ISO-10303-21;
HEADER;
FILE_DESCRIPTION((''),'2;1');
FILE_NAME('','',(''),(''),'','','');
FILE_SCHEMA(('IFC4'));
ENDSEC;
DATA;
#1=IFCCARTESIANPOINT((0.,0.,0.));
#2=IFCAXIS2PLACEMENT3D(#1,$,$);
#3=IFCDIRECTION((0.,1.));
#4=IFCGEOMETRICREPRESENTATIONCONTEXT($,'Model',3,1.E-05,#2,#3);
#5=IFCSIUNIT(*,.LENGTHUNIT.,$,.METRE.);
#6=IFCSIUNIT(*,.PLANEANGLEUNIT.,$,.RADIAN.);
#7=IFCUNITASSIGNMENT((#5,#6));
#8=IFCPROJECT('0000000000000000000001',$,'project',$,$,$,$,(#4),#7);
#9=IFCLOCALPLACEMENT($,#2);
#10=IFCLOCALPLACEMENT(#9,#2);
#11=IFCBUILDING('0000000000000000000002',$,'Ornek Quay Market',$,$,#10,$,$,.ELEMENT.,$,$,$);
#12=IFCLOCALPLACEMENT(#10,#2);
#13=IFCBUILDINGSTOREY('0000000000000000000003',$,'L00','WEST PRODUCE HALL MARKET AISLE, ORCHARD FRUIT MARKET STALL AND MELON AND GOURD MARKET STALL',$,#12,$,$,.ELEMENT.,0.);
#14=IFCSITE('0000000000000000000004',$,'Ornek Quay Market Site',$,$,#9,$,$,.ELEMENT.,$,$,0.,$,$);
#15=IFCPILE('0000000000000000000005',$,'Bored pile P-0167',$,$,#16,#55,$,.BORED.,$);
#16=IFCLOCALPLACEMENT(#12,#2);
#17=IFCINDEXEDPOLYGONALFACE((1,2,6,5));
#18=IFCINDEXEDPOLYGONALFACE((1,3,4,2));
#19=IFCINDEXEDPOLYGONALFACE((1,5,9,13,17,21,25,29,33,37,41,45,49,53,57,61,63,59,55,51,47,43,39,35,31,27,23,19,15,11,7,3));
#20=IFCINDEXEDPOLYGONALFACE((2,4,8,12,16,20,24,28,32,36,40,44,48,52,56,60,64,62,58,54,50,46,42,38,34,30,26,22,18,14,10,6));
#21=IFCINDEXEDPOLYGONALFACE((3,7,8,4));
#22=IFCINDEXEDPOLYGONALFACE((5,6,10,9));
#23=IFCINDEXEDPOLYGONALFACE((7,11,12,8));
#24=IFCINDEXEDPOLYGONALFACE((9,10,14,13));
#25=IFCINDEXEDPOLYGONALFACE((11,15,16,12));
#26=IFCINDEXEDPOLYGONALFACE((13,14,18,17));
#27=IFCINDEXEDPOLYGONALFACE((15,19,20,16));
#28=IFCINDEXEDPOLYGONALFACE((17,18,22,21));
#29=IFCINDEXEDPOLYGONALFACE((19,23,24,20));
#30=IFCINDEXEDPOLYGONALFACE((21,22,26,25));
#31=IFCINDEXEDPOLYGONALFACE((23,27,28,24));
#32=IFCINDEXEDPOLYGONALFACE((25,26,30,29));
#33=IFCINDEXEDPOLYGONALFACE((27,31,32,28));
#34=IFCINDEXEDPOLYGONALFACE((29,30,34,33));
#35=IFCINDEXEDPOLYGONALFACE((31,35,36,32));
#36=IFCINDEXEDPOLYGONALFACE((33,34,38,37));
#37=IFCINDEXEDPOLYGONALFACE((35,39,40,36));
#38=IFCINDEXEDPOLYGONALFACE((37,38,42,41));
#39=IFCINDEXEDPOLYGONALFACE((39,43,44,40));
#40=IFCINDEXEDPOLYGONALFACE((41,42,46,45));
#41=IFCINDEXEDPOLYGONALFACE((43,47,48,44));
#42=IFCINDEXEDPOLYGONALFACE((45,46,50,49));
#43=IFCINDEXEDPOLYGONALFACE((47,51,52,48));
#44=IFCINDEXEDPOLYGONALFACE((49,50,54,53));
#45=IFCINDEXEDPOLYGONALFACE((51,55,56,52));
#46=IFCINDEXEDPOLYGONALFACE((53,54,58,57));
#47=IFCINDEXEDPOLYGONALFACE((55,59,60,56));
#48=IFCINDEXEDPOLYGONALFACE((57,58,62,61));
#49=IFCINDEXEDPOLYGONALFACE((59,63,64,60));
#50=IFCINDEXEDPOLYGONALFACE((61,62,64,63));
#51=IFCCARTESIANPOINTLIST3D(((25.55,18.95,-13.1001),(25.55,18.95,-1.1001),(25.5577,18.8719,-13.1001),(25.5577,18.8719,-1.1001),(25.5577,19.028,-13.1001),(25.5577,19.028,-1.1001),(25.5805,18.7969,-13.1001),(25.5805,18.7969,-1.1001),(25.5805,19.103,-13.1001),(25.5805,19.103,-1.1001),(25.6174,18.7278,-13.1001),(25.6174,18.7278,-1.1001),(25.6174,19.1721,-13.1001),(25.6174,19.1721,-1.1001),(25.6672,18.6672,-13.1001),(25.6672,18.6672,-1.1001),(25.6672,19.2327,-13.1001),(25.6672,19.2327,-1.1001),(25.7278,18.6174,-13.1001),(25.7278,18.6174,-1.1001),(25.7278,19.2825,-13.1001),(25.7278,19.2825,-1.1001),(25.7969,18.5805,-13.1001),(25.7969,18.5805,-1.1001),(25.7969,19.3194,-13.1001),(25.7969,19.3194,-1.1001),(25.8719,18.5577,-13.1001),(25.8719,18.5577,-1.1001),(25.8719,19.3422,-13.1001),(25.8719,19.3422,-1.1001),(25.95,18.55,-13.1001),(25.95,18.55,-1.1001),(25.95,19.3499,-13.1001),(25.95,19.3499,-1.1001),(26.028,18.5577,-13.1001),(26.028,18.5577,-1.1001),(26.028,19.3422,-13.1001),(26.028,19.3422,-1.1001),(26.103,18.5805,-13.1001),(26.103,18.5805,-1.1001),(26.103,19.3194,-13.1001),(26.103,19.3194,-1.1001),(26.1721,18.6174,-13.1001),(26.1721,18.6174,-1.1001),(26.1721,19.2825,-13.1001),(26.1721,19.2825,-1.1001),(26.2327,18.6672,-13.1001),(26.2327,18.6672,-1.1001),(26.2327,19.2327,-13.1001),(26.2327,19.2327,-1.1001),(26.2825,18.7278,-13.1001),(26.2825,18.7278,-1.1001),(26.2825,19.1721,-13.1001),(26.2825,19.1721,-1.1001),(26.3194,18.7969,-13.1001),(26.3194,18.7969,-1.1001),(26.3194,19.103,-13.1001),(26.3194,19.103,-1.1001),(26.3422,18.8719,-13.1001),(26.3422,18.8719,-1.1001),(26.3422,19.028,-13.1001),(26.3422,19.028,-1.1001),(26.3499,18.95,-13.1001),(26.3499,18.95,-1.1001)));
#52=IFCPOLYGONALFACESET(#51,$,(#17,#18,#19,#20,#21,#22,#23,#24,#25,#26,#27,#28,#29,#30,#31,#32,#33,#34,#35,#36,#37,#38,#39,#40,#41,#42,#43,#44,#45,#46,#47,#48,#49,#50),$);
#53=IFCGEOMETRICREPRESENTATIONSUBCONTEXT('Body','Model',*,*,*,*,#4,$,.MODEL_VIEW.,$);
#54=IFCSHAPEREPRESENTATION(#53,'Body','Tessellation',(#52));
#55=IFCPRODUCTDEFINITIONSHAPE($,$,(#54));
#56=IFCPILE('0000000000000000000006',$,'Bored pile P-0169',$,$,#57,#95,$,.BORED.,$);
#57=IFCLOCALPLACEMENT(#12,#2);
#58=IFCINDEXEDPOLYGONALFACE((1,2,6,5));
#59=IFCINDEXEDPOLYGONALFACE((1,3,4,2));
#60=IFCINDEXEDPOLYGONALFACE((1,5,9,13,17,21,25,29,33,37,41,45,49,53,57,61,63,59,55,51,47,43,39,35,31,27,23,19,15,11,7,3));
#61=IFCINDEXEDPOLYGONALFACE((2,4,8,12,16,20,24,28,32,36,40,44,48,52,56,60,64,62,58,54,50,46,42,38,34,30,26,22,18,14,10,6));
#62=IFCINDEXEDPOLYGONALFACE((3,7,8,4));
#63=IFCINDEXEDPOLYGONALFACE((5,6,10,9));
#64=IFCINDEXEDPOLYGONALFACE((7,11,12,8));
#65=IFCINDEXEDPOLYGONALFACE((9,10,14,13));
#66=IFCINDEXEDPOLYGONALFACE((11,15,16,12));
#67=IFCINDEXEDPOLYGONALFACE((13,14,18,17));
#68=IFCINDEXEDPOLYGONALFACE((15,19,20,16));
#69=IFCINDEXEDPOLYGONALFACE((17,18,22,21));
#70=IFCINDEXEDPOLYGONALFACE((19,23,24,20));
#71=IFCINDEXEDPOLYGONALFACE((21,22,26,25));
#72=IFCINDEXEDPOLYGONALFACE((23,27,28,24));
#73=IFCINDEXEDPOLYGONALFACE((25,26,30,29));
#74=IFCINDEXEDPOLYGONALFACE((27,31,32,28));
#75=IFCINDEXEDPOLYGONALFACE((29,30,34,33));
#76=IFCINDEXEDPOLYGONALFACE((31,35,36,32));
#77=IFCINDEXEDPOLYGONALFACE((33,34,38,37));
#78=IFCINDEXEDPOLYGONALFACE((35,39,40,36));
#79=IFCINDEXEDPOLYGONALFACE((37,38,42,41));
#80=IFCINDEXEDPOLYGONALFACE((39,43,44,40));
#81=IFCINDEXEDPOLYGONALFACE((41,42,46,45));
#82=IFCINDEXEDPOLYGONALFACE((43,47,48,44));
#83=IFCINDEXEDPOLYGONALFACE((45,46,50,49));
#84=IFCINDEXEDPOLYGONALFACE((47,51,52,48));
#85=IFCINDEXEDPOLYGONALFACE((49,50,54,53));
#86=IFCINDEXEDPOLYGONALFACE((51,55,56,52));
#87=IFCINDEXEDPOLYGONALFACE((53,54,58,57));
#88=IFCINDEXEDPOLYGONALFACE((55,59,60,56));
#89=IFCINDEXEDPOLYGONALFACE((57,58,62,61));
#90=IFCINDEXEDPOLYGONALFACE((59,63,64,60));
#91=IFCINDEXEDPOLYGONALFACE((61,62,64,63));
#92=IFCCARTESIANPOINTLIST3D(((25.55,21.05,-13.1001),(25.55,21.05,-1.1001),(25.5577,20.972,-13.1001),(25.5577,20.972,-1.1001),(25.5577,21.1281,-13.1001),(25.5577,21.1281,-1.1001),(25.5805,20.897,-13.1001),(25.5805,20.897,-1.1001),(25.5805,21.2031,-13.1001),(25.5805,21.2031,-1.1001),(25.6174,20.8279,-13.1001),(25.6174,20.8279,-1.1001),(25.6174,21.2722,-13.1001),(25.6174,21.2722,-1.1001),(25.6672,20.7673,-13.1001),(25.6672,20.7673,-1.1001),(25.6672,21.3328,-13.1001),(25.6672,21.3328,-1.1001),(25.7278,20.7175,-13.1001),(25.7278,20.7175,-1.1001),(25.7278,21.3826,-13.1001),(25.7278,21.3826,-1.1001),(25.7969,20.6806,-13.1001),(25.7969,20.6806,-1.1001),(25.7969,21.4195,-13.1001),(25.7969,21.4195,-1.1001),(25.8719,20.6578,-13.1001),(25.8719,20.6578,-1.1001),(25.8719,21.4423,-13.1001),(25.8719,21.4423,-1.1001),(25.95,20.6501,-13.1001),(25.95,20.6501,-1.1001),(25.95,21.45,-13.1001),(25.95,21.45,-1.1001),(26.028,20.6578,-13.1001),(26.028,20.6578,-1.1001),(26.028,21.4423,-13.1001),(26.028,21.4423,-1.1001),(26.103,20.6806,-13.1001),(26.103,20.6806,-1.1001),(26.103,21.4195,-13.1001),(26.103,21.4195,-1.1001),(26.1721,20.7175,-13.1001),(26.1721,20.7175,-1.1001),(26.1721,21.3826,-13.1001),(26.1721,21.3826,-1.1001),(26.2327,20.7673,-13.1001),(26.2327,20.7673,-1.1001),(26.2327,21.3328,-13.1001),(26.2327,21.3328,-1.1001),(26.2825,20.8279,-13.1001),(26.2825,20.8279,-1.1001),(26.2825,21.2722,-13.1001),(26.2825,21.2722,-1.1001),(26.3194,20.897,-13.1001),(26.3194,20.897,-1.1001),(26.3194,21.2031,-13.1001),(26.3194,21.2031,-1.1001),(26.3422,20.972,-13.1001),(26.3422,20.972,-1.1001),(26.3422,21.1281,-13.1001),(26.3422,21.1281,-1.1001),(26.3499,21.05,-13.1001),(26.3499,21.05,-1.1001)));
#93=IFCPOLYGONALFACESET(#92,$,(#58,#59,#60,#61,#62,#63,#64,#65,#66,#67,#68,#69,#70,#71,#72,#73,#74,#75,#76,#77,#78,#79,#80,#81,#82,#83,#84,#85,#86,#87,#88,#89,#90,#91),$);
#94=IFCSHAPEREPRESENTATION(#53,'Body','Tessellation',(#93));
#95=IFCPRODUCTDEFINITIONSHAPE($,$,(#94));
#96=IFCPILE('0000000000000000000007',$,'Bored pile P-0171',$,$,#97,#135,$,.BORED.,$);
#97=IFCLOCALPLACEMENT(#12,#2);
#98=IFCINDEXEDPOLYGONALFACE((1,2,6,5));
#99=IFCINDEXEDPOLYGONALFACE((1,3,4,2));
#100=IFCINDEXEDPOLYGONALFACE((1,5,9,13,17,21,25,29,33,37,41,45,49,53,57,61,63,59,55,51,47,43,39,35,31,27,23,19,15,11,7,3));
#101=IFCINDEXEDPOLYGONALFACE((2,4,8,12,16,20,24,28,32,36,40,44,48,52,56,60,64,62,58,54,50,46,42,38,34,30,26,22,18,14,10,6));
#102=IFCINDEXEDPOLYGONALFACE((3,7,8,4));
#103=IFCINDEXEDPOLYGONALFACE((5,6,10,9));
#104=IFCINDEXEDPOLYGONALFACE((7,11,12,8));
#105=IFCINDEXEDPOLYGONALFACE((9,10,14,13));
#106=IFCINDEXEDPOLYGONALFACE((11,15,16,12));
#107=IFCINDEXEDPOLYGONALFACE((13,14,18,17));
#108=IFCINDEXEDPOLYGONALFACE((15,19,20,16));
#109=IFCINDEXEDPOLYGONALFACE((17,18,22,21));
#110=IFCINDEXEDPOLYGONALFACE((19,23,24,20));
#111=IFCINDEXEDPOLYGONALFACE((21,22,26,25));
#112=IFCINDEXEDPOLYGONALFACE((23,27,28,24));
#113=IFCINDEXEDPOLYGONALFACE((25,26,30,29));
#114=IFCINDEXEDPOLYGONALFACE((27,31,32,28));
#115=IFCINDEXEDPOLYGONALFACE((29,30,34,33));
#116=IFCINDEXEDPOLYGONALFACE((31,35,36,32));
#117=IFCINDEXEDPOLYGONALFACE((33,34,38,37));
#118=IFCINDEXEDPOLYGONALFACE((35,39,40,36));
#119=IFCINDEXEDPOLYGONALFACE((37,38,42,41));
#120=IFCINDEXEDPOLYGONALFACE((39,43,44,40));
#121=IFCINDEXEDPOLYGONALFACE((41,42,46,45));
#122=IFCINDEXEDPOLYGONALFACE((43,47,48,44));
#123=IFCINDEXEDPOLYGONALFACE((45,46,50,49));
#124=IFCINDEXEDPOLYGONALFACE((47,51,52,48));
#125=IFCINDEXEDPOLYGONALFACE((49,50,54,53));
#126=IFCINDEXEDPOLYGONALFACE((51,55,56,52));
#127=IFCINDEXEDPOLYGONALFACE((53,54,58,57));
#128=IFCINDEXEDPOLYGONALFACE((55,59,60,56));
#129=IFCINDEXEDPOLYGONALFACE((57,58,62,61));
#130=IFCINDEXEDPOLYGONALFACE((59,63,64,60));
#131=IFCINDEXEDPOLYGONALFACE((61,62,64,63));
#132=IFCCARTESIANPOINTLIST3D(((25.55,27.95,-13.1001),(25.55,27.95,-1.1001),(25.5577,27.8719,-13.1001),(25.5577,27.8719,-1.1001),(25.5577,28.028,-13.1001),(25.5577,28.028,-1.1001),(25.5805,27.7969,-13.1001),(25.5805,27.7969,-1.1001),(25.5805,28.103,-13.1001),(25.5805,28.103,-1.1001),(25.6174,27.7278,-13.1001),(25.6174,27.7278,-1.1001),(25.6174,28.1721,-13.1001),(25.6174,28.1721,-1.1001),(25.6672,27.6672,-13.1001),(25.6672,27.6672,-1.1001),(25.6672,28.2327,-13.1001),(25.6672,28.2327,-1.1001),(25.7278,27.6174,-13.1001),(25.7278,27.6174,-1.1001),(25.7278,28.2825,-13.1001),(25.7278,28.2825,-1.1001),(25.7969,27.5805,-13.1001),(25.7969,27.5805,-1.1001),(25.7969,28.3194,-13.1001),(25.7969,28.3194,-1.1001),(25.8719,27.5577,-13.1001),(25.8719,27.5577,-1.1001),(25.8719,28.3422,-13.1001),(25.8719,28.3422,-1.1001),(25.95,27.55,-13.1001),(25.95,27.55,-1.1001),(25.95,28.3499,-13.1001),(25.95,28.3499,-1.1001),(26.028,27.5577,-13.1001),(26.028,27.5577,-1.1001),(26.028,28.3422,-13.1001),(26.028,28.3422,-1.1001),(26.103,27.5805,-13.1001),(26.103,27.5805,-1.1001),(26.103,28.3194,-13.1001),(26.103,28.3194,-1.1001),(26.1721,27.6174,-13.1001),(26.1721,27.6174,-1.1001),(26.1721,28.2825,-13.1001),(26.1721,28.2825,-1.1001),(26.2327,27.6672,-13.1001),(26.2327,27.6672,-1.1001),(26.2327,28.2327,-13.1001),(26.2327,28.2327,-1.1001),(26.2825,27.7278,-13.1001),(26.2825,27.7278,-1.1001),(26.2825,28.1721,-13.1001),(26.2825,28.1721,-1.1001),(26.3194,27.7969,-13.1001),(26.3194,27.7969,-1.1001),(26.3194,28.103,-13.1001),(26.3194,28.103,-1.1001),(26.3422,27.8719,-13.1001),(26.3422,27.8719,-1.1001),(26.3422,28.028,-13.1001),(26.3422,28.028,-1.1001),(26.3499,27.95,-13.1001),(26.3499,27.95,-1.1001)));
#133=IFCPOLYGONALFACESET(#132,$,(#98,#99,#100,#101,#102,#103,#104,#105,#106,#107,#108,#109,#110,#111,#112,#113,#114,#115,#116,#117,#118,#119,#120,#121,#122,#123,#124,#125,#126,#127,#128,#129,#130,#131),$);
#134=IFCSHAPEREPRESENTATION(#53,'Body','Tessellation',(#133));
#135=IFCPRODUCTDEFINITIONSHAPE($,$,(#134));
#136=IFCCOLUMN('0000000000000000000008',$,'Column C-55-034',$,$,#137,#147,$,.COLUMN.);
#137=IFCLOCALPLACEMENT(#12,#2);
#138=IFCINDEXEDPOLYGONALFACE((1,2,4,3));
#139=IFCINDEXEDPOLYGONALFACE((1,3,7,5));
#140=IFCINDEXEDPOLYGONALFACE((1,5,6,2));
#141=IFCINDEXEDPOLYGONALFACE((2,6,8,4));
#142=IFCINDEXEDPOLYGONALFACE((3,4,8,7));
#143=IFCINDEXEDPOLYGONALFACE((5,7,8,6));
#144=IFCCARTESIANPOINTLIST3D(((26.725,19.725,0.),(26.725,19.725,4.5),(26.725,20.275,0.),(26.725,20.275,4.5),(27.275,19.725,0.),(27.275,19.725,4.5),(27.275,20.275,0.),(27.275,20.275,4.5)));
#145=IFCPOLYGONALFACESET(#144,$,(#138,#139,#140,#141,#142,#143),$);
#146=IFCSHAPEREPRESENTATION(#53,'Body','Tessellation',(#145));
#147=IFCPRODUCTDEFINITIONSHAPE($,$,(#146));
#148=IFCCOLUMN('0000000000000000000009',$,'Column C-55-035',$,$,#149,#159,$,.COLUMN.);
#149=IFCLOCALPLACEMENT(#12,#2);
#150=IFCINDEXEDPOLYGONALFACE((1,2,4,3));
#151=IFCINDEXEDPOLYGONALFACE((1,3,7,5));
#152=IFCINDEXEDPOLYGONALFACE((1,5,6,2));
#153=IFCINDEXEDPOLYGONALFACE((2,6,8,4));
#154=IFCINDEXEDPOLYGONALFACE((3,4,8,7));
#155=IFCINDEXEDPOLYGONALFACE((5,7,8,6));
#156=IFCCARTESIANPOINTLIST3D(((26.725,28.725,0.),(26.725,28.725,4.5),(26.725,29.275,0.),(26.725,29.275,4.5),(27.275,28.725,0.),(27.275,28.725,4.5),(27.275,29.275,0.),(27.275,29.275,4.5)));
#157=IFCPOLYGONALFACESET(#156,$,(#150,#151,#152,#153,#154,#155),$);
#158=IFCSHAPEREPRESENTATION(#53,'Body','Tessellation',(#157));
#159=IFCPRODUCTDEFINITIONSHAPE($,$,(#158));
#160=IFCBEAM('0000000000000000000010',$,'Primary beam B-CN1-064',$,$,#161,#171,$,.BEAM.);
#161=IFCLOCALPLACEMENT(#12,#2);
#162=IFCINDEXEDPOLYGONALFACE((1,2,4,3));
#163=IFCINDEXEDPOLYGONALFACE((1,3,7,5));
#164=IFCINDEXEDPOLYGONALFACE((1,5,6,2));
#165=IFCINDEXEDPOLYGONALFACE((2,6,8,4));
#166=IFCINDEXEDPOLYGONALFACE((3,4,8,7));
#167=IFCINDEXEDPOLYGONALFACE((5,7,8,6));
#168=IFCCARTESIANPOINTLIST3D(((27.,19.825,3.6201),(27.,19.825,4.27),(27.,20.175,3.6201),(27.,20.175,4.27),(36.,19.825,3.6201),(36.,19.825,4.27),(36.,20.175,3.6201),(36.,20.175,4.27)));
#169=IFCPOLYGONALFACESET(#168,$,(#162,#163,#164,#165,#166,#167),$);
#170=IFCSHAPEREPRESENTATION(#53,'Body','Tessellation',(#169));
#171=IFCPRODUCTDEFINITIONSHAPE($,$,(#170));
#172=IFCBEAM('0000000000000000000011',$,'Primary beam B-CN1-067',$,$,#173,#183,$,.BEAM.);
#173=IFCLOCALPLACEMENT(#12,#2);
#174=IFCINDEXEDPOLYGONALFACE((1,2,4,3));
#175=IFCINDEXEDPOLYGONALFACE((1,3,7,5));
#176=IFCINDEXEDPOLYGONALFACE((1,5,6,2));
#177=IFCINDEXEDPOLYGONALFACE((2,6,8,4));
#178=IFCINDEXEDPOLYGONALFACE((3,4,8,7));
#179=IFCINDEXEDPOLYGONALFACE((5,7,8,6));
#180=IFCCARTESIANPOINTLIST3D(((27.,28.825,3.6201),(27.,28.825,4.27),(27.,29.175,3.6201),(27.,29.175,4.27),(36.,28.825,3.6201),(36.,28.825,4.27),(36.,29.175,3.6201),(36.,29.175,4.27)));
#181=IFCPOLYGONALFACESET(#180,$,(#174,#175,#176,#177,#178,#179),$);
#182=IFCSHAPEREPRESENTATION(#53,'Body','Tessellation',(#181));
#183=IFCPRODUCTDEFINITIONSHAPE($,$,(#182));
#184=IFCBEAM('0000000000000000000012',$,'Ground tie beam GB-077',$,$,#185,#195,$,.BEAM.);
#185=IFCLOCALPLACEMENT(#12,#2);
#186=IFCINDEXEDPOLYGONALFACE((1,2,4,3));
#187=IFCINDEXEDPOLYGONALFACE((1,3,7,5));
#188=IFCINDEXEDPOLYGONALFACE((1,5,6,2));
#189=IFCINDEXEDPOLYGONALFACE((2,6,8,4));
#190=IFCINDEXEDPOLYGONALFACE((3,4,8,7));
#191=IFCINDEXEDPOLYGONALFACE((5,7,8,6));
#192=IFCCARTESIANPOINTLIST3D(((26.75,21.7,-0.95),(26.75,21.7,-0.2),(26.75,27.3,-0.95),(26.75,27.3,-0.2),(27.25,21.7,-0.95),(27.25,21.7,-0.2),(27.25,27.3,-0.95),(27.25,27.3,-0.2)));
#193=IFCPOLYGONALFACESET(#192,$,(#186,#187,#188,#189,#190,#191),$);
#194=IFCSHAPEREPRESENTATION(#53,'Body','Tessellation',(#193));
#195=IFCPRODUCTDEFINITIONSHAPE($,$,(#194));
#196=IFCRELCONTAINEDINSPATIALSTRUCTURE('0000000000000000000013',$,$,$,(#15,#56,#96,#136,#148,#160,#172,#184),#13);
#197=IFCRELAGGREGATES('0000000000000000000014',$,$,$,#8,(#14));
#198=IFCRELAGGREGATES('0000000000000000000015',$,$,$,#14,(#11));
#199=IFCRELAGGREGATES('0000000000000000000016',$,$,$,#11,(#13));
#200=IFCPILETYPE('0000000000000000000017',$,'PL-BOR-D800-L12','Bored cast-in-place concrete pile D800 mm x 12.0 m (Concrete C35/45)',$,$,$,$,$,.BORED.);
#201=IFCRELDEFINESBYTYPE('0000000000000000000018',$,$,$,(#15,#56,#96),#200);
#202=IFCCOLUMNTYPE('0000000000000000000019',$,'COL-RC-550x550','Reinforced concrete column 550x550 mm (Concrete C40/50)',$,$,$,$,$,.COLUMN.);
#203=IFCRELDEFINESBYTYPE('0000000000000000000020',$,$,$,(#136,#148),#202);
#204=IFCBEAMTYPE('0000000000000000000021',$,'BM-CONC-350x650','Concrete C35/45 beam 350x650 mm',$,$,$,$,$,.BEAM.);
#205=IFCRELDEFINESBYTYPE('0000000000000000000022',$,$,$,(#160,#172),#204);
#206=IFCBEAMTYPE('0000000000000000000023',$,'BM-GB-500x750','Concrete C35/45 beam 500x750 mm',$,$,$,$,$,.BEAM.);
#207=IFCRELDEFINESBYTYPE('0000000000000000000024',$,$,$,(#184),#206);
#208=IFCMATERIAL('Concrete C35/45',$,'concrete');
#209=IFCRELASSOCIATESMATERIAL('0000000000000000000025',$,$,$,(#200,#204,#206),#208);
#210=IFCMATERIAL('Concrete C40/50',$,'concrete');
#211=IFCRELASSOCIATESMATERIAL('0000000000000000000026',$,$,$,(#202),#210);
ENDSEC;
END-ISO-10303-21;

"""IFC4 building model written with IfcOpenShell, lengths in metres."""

from ifc_helpers import new_model, si_unit, direction, frame, origin, origin_2d, place, context, subcontext, project, spatial, rectangle, circle, extrude, material, material_profile, profile_set, type_object, element, save


model = new_model("IFC4")

# Units and contexts
model_context = context("Model", 3, precision=1e-05, world=origin(), true_north=direction((0.0, 1.0)))
body_context = subcontext(model_context, "Body", "Model", "MODEL_VIEW")
ifc_project = project(units=[si_unit("LENGTHUNIT", "METRE"), si_unit("PLANEANGLEUNIT", "RADIAN")], contexts=[model_context])

# Site, building, storey
site_placement = place(None, origin())
site = spatial("IfcSite", under=ifc_project, at=site_placement, Name="Ornek Quay Market Site", CompositionType="ELEMENT", RefElevation=0.0)
building_placement = place(site_placement, origin())
building = spatial("IfcBuilding", under=site, at=building_placement, Name="Ornek Quay Market", CompositionType="ELEMENT")
storey_placement = place(building_placement, origin())
storey = spatial("IfcBuildingStorey", under=building, at=storey_placement, Name="L00", Description="WEST PRODUCE HALL MARKET AISLE, ORCHARD FRUIT MARKET STALL AND MELON AND GOURD MARKET STALL", CompositionType="ELEMENT", Elevation=0.0)

# Piles
ifc_material_1 = material(Name="Concrete C35/45", Category="concrete")
ifc_material_profile_1 = material_profile(ifc_material_1, circle(Radius=0.3999, at=origin_2d()), Name="PILE D800", Category="concrete")
ifc_profile_set_1 = profile_set([ifc_material_profile_1], Name="Concrete C35/45")
pile_type = type_object("IfcPileType", Name="PL-BOR-D800-L12", Description="Bored cast-in-place concrete pile D800 mm x 12.0 m (Concrete C35/45)", PredefinedType="BORED", material=ifc_profile_set_1)
for number, where, z_axis, x_axis, name in (
    (1, (25.95, 18.95, -1.1001), (0.0, 0.0, -1.0), (1.0, 0.0, 0.0), "Bored pile P-0167"),
    (2, (25.95, 21.05, -1.1001), (0.0, 0.0, -1.0), (1.0, 0.0, 0.0), "Bored pile P-0169"),
    (3, (25.95, 27.95, -1.1001), (0.0, 0.0, -1.0), (1.0, 0.0, 0.0), "Bored pile P-0171"),
):
    element("IfcPile", number, at=place(storey_placement, frame(where, z_axis=z_axis, x_axis=x_axis)), inside=storey, type_object=pile_type, Name=name, PredefinedType="BORED", context=body_context, shape_type="SweptSolid", body=[
        extrude(circle(Radius=0.3999, at=origin_2d()), origin(), (0.0, 0.0, 1.0), 12.0),
    ])

# Columns
ifc_material_2 = material(Name="Concrete C40/50", Category="concrete")
ifc_material_profile_2 = material_profile(ifc_material_2, rectangle(XDim=0.55, YDim=0.55, at=origin_2d()), Name="RC 550x550", Category="concrete")
ifc_profile_set_2 = profile_set([ifc_material_profile_2], Name="Concrete C40/50")
column_type = type_object("IfcColumnType", Name="COL-RC-550x550", Description="Reinforced concrete column 550x550 mm (Concrete C40/50)", PredefinedType="COLUMN", material=ifc_profile_set_2)
for number, where, z_axis, x_axis, name in (
    (4, (27.0, 20.0, 0.0), (0.0, 0.0, 1.0), (1.0, 0.0, 0.0), "Column C-55-034"),
    (5, (27.0, 29.0, 0.0), (0.0, 0.0, 1.0), (1.0, 0.0, 0.0), "Column C-55-035"),
):
    element("IfcColumn", number, at=place(storey_placement, frame(where, z_axis=z_axis, x_axis=x_axis)), inside=storey, type_object=column_type, Name=name, PredefinedType="COLUMN", context=body_context, shape_type="SweptSolid", body=[
        extrude(rectangle(XDim=0.55, YDim=0.55, at=origin_2d()), origin(), (0.0, 0.0, 1.0), 4.5),
    ])

# Beams
ifc_material_profile_3 = material_profile(ifc_material_1, rectangle(XDim=0.3501, YDim=0.6499, at=origin_2d()), Name="RC 350x650", Category="concrete")
ifc_profile_set_3 = profile_set([ifc_material_profile_3], Name="Concrete C35/45")
beam_type_1 = type_object("IfcBeamType", Name="BM-CONC-350x650", Description="Concrete C35/45 beam 350x650 mm", PredefinedType="BEAM", material=ifc_profile_set_3)
for number, where, z_axis, x_axis, name in (
    (6, (27.0, 20.0, 3.9451), (1.0, 0.0, 0.0), (0.0, 1.0, 0.0), "Primary beam B-CN1-064"),
    (7, (27.0, 29.0, 3.9451), (1.0, 0.0, 0.0), (0.0, 1.0, 0.0), "Primary beam B-CN1-067"),
):
    element("IfcBeam", number, at=place(storey_placement, frame(where, z_axis=z_axis, x_axis=x_axis)), inside=storey, type_object=beam_type_1, Name=name, PredefinedType="BEAM", context=body_context, shape_type="SweptSolid", body=[
        extrude(rectangle(XDim=0.3501, YDim=0.6499, at=origin_2d()), origin(), (0.0, 0.0, 1.0), 9.0),
    ])
ifc_material_profile_4 = material_profile(ifc_material_1, rectangle(XDim=0.5, YDim=0.75, at=origin_2d()), Name="RC 500x750", Category="concrete")
ifc_profile_set_4 = profile_set([ifc_material_profile_4], Name="Concrete C35/45")
beam_type_2 = type_object("IfcBeamType", Name="BM-GB-500x750", Description="Concrete C35/45 beam 500x750 mm", PredefinedType="BEAM", material=ifc_profile_set_4)
beam_1_placement = place(storey_placement, frame((27.0, 21.7, -0.575), z_axis=(0.0, 1.0, 0.0), x_axis=(-1.0, 0.0, 0.0)))
element("IfcBeam", 8, at=beam_1_placement, inside=storey, type_object=beam_type_2, Name="Ground tie beam GB-077", PredefinedType="BEAM", context=body_context, shape_type="SweptSolid", body=[
    extrude(rectangle(XDim=0.5, YDim=0.75, at=origin_2d()), origin(), (0.0, 0.0, 1.0), 5.6001),
])

save(model, "model.ifc")
